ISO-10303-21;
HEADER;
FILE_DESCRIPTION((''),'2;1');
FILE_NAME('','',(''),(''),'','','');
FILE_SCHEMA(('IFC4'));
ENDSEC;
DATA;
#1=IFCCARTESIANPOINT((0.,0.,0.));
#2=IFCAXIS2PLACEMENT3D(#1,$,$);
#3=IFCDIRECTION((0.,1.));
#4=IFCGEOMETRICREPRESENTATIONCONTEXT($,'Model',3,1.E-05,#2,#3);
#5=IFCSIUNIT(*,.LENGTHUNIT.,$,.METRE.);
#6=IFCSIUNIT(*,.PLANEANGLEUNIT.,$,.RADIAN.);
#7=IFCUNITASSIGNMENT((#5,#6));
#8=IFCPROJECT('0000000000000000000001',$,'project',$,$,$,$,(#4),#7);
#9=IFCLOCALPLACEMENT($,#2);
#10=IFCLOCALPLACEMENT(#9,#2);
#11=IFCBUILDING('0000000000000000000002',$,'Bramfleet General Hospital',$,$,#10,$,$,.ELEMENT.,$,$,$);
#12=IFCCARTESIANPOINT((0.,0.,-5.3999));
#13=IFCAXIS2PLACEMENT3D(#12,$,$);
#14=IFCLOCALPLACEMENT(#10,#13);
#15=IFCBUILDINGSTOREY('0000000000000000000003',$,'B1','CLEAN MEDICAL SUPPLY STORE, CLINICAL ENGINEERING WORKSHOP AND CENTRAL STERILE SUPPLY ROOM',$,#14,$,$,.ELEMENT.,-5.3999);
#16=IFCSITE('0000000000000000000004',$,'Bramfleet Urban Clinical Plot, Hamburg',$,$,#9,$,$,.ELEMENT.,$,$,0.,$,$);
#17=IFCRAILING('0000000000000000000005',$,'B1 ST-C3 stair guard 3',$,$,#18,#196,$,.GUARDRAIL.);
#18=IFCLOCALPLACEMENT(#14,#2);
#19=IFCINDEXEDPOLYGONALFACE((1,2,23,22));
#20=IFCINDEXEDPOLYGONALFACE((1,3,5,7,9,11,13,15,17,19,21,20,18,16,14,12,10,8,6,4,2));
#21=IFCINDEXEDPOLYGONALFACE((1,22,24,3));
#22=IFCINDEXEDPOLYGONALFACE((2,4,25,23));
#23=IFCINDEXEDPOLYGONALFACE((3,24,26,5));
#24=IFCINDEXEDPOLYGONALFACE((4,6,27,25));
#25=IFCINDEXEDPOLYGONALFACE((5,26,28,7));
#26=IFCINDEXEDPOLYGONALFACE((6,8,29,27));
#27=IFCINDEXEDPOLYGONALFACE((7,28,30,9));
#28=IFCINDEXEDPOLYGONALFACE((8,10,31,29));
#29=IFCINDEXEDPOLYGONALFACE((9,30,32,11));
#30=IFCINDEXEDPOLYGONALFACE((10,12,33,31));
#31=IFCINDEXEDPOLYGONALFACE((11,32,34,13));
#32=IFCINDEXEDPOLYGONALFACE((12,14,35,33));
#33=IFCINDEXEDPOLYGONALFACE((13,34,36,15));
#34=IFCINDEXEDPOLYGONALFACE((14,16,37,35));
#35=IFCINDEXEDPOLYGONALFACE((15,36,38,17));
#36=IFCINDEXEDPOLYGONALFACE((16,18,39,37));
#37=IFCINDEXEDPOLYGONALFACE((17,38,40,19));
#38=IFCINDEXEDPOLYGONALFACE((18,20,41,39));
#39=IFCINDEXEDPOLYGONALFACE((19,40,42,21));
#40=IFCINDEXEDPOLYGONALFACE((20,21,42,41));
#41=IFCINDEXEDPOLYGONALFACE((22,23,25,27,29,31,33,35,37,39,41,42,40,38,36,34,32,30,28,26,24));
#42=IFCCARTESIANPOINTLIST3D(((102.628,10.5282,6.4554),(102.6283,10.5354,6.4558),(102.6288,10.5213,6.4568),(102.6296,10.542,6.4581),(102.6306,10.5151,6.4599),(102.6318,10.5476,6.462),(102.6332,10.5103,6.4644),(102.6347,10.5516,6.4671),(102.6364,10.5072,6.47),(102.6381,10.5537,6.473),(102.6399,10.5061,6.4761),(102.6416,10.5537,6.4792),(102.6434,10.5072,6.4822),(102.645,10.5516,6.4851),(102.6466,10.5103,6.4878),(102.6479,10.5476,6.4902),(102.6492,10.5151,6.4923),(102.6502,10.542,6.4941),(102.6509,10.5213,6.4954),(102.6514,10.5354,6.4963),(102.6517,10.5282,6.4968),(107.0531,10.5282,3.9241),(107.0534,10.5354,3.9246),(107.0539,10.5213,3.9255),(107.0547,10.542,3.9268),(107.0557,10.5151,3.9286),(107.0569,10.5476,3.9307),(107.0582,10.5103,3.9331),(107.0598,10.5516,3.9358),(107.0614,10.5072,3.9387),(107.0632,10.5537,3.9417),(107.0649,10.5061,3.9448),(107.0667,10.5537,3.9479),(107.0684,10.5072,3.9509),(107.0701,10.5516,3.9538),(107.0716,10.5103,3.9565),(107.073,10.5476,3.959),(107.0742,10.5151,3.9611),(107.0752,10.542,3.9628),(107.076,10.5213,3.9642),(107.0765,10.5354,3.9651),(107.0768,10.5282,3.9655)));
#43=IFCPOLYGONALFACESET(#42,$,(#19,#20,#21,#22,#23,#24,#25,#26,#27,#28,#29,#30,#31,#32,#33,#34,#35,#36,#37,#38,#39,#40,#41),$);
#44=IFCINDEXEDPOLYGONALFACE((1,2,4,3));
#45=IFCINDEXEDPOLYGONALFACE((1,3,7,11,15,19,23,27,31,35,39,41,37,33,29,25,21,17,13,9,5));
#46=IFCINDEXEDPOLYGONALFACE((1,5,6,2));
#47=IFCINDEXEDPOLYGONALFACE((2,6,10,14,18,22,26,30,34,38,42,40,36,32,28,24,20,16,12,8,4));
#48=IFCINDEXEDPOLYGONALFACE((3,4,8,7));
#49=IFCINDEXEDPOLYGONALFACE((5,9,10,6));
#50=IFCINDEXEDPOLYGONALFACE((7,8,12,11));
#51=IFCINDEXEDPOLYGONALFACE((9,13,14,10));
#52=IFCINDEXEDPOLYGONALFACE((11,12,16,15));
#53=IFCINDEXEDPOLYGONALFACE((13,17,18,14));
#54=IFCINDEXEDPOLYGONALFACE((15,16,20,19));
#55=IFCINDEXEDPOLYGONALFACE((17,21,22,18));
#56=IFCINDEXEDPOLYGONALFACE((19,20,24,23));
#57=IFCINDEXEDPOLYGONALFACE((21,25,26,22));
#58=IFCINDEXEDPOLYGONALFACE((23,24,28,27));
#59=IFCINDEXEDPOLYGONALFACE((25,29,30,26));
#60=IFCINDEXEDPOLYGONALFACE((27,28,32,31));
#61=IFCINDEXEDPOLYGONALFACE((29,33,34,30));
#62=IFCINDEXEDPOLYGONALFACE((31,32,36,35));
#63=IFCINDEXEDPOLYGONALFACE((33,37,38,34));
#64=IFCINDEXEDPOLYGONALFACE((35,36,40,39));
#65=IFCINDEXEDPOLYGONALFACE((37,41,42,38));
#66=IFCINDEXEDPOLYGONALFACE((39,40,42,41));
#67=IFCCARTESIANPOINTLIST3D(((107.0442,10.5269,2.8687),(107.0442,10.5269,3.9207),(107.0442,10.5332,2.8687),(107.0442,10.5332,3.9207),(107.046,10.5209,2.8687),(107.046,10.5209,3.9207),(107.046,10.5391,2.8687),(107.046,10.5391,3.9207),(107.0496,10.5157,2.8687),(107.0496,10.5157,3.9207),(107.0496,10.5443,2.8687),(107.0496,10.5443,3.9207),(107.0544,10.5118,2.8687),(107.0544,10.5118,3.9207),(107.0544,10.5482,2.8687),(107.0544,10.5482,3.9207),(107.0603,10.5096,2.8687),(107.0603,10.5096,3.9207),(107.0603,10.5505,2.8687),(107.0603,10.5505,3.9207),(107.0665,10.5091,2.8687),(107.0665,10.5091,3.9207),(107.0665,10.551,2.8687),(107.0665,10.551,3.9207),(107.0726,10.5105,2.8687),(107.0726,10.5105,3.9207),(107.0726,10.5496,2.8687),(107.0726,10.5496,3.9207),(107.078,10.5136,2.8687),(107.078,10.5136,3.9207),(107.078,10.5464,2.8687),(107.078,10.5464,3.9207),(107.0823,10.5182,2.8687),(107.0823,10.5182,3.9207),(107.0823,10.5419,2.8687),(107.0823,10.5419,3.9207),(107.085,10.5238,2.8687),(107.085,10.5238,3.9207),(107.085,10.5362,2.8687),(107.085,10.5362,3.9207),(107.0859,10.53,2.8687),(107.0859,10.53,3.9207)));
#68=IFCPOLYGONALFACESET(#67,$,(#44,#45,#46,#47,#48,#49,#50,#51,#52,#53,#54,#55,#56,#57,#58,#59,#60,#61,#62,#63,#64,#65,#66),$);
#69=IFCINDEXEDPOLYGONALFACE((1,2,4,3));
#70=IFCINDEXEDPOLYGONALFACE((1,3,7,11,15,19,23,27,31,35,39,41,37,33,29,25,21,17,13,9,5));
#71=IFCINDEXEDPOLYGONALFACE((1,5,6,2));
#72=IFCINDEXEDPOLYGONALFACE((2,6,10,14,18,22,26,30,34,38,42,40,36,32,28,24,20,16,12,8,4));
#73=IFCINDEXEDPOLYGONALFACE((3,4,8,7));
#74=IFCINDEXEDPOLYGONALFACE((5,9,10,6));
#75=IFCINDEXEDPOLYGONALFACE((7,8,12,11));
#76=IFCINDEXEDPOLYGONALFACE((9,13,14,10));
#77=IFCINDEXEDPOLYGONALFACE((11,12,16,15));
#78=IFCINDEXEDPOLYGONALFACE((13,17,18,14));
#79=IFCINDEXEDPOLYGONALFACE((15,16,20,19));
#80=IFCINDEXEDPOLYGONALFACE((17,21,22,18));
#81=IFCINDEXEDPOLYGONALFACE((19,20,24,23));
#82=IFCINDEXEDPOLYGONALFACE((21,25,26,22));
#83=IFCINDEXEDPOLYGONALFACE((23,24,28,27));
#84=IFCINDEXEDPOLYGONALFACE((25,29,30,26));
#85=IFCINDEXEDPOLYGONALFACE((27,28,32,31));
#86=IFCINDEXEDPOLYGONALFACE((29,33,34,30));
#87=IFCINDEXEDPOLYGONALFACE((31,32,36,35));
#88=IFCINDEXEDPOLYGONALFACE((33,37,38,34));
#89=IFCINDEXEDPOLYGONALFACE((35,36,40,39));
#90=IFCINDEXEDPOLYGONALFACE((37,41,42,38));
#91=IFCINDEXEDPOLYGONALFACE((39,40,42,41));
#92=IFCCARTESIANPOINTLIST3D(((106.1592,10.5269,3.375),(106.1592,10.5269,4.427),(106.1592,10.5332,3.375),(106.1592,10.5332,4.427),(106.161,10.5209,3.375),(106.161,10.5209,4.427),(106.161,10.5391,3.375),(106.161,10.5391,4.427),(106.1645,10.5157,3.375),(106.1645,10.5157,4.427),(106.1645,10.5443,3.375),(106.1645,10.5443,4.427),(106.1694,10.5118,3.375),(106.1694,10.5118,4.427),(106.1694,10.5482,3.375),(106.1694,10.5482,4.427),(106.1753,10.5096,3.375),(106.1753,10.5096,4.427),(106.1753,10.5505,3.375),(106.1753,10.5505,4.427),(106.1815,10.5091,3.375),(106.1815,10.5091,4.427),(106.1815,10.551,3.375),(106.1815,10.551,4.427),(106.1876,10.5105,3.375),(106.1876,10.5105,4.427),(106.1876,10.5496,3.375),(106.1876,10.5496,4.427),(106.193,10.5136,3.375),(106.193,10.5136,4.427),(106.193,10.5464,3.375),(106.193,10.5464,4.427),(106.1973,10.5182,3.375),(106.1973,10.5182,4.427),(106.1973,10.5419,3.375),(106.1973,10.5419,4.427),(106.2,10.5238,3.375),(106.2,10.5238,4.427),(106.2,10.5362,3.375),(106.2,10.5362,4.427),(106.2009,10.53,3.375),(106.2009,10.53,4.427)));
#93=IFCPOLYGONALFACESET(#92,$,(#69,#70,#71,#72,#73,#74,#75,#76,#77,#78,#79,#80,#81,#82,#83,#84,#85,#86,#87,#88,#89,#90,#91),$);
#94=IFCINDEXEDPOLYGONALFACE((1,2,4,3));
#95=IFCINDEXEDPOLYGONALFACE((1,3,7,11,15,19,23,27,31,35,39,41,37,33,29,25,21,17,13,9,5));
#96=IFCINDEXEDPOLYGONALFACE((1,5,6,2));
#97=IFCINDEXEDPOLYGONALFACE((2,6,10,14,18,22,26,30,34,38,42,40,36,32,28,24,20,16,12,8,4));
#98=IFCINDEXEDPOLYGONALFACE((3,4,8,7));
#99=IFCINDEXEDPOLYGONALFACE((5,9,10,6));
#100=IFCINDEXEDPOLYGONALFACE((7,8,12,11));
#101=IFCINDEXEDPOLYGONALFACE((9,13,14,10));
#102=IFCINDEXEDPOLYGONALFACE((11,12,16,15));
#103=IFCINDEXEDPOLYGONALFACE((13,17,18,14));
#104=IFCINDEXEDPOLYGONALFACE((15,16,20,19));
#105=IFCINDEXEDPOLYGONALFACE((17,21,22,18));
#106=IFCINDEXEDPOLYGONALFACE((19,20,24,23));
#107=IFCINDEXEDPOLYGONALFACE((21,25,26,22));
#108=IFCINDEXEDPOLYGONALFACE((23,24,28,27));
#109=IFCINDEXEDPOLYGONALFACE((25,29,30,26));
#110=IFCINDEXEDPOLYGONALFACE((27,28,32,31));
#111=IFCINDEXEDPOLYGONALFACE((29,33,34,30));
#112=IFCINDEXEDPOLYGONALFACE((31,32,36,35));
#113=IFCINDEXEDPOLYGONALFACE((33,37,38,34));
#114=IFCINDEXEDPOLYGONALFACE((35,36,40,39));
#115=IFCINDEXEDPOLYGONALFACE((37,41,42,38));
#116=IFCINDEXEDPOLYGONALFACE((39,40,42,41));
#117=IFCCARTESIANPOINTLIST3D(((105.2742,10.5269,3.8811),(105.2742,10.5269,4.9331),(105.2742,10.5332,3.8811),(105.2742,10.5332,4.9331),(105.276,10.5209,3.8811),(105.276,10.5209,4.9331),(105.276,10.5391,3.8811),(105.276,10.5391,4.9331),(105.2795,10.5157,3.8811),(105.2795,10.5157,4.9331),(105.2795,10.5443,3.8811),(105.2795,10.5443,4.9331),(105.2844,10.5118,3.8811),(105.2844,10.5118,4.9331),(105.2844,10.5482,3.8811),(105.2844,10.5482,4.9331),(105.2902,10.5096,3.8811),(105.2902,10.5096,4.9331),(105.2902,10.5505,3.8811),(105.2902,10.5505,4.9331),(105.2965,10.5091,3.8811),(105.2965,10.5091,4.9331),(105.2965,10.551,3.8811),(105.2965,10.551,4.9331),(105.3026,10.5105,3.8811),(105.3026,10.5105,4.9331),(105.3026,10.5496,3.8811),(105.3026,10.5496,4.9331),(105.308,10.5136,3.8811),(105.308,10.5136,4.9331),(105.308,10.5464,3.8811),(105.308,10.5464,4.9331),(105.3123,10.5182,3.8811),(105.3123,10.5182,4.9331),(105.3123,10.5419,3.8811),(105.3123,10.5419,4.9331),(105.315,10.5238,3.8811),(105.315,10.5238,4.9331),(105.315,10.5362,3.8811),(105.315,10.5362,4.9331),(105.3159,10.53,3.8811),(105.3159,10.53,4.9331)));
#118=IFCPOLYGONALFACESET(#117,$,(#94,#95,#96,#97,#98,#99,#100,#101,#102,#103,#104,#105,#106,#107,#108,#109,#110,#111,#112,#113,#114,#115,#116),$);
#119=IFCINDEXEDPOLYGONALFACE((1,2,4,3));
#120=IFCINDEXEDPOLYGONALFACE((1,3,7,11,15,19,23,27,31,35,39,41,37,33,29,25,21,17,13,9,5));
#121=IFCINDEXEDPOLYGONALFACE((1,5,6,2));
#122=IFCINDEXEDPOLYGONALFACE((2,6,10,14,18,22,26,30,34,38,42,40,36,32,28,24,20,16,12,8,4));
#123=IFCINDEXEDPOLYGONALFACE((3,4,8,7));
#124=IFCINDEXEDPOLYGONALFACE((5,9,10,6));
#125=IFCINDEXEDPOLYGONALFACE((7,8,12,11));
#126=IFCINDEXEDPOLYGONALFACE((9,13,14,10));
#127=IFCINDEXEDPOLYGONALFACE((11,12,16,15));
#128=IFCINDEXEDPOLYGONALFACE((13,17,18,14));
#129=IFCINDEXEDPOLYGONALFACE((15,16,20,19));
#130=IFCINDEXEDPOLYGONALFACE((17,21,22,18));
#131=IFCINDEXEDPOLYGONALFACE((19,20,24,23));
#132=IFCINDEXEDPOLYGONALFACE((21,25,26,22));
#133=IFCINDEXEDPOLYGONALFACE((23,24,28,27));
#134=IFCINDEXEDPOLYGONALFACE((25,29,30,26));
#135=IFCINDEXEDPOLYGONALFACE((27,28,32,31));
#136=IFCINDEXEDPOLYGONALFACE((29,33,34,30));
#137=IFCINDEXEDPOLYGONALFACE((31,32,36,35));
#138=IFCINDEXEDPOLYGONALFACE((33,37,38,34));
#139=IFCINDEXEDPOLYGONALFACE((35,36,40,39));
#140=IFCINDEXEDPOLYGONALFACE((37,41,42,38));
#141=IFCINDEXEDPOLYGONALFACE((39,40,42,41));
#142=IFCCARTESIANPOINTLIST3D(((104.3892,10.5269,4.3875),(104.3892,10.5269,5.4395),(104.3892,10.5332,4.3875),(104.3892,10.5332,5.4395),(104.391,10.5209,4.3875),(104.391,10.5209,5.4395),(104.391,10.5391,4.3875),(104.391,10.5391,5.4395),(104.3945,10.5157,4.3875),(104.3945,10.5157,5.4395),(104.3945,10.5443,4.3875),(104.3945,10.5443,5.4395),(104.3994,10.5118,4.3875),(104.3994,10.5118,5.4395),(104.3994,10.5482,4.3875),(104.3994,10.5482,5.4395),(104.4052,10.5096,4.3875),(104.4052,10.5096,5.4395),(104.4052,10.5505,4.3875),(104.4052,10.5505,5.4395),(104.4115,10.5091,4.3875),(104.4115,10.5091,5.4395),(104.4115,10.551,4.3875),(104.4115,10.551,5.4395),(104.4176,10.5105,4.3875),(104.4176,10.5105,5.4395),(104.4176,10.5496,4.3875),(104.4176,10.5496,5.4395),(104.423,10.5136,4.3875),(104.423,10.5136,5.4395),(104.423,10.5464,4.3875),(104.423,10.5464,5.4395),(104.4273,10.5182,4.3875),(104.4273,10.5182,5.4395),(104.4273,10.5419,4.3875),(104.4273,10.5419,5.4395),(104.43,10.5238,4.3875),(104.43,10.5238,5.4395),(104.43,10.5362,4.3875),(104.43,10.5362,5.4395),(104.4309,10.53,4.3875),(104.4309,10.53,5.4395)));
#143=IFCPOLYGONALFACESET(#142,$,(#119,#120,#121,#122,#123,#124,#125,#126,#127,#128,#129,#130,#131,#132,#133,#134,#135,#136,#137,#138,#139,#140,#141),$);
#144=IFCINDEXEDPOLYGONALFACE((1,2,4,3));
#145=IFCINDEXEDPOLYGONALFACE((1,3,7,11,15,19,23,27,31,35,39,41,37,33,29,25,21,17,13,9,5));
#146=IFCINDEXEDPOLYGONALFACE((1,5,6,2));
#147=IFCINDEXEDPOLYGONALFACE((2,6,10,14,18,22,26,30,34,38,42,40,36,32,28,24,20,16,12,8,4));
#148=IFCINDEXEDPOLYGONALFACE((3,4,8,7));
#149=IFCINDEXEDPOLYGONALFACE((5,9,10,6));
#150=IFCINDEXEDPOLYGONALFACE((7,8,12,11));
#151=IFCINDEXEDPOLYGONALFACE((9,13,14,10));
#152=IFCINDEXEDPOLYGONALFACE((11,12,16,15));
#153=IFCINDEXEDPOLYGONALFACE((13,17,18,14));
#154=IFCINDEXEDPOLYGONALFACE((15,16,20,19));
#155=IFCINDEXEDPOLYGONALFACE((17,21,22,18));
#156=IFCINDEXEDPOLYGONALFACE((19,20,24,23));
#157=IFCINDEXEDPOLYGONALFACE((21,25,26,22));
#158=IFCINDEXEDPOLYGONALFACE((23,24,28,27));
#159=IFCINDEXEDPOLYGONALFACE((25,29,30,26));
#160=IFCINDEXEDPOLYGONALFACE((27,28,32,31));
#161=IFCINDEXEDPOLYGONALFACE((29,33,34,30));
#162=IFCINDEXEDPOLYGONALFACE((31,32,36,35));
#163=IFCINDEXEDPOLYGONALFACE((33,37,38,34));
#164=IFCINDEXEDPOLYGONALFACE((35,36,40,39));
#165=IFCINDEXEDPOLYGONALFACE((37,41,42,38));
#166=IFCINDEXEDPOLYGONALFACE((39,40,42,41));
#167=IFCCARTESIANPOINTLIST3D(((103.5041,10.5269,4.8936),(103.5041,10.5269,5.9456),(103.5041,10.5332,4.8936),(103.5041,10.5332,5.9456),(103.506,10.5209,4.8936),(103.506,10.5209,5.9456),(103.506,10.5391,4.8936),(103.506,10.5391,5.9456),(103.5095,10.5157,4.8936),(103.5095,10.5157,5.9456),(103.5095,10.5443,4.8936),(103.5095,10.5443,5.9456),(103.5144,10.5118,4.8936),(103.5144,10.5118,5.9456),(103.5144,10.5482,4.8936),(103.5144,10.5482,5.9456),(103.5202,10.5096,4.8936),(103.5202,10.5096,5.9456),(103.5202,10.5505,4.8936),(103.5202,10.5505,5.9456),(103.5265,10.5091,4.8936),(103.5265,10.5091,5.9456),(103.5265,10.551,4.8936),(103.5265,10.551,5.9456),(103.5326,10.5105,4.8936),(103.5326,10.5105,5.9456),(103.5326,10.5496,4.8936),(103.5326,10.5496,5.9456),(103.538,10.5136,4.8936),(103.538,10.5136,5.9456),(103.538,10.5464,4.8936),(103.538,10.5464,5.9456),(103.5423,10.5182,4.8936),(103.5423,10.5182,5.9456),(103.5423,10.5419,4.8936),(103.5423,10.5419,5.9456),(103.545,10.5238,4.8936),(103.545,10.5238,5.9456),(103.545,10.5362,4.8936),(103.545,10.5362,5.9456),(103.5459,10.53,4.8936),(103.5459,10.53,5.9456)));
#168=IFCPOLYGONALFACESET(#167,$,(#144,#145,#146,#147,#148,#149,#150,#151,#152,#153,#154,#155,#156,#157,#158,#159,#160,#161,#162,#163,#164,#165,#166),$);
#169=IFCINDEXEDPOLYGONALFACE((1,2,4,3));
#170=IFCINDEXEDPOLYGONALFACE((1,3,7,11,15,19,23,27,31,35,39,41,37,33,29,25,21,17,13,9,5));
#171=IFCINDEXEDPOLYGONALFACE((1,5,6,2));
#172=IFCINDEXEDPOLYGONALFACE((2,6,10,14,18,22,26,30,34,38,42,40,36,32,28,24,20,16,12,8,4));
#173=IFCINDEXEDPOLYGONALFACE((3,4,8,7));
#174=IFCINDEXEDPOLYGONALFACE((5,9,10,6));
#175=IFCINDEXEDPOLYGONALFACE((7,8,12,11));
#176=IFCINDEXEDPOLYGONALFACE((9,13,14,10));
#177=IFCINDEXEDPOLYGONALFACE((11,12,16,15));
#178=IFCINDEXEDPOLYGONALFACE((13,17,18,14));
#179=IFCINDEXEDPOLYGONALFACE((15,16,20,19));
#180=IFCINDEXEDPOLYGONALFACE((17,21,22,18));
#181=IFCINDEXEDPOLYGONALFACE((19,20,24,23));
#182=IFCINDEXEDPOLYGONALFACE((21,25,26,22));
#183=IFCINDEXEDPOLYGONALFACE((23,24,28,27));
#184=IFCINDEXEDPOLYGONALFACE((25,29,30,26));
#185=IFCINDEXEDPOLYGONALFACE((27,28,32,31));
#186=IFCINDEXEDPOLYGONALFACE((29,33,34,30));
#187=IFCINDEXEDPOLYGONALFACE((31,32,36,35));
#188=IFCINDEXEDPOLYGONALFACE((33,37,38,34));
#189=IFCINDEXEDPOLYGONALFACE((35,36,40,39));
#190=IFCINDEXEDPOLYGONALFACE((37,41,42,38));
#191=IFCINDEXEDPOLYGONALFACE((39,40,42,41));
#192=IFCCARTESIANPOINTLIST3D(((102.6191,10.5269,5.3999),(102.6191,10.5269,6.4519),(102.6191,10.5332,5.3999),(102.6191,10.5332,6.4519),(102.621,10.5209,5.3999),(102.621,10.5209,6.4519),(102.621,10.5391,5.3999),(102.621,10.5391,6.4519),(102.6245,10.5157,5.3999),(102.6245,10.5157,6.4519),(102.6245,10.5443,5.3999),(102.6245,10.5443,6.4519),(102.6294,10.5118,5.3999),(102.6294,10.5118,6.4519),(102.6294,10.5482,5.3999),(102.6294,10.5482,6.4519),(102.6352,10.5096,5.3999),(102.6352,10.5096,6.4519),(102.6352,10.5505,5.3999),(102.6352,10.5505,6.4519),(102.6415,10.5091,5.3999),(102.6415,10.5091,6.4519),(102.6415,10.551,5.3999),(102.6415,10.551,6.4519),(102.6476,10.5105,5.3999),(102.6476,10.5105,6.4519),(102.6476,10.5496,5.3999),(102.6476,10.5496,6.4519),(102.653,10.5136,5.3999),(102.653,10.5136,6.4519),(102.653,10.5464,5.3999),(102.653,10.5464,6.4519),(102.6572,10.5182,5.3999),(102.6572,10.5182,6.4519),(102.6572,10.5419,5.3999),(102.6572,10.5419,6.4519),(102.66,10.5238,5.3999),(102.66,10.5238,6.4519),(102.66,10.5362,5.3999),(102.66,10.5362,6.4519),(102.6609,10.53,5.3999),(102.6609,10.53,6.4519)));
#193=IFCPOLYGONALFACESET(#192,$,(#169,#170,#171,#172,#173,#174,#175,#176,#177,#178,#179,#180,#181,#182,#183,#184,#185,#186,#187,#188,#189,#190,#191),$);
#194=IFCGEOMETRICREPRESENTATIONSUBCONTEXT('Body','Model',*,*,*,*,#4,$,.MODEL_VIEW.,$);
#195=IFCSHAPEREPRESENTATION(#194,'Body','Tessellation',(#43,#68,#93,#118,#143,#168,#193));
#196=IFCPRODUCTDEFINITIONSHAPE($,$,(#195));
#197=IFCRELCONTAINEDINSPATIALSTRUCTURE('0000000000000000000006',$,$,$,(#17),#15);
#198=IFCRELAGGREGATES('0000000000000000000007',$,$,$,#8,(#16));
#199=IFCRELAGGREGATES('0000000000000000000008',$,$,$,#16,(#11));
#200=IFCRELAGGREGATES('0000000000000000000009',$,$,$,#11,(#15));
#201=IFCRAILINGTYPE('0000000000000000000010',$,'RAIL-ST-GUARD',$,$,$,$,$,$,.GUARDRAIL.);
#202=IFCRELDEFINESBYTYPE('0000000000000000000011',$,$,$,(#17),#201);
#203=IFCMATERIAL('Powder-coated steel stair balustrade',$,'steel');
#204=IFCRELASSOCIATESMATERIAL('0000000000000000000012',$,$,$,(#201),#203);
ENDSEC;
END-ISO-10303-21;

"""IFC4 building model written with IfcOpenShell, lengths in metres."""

from ifc_helpers import new_model, si_unit, direction, frame, origin, origin_2d, place, context, subcontext, project, spatial, circle, extrude, material, type_object, element, save


model = new_model("IFC4")

# Units and contexts
model_context = context("Model", 3, precision=1e-05, world=origin(), true_north=direction((0.0, 1.0)))
body_context = subcontext(model_context, "Body", "Model", "MODEL_VIEW")
ifc_project = project(units=[si_unit("LENGTHUNIT", "METRE"), si_unit("PLANEANGLEUNIT", "RADIAN")], contexts=[model_context])

# Site, building, storey
site_placement = place(None, origin())
site = spatial("IfcSite", under=ifc_project, at=site_placement, Name="Bramfleet Urban Clinical Plot, Hamburg", CompositionType="ELEMENT", RefElevation=0.0)
building_placement = place(site_placement, origin())
building = spatial("IfcBuilding", under=site, at=building_placement, Name="Bramfleet General Hospital", CompositionType="ELEMENT")
storey_placement = place(building_placement, frame((0.0, 0.0, -5.3999)))
storey = spatial("IfcBuildingStorey", under=building, at=storey_placement, Name="B1", Description="CLEAN MEDICAL SUPPLY STORE, CLINICAL ENGINEERING WORKSHOP AND CENTRAL STERILE SUPPLY ROOM", CompositionType="ELEMENT", Elevation=-5.3999)

# Railing
ifc_material_1 = material(Name="Powder-coated steel stair balustrade", Category="steel")
railing_type_1 = type_object("IfcRailingType", Name="RAIL-ST-GUARD", PredefinedType="GUARDRAIL", material=ifc_material_1)
railing_1_placement = place(storey_placement, frame((107.0649, 10.53, 2.8687)))
element("IfcRailing", 1, at=railing_1_placement, inside=storey, type_object=railing_type_1, Name="B1 ST-C3 stair guard 3", PredefinedType="GUARDRAIL", context=body_context, shape_type="SweptSolid", body=[
    extrude(circle(Radius=0.0239, at=origin_2d()), frame((0.0, 0.0, 1.0762), z_axis=(-0.868019, 0.0, 0.496531), x_axis=(0.0, -1.0, 0.0)), (0.0, 0.0, 1.0), 5.0979),
    extrude(circle(Radius=0.021, at=origin_2d()), origin(), (0.0, 0.0, 1.0), 1.052),
    extrude(circle(Radius=0.021, at=origin_2d()), frame((-0.885, 0.0, 0.5063)), (0.0, 0.0, 1.0), 1.052),
    extrude(circle(Radius=0.021, at=origin_2d()), frame((-1.77, 0.0, 1.0125)), (0.0, 0.0, 1.0), 1.052),
    extrude(circle(Radius=0.021, at=origin_2d()), frame((-2.655, 0.0, 1.5188)), (0.0, 0.0, 1.0), 1.052),
    extrude(circle(Radius=0.021, at=origin_2d()), frame((-3.54, 0.0, 2.0249)), (0.0, 0.0, 1.0), 1.052),
    extrude(circle(Radius=0.021, at=origin_2d()), frame((-4.425, 0.0, 2.5312)), (0.0, 0.0, 1.0), 1.052),
])

save(model, "model.ifc")
